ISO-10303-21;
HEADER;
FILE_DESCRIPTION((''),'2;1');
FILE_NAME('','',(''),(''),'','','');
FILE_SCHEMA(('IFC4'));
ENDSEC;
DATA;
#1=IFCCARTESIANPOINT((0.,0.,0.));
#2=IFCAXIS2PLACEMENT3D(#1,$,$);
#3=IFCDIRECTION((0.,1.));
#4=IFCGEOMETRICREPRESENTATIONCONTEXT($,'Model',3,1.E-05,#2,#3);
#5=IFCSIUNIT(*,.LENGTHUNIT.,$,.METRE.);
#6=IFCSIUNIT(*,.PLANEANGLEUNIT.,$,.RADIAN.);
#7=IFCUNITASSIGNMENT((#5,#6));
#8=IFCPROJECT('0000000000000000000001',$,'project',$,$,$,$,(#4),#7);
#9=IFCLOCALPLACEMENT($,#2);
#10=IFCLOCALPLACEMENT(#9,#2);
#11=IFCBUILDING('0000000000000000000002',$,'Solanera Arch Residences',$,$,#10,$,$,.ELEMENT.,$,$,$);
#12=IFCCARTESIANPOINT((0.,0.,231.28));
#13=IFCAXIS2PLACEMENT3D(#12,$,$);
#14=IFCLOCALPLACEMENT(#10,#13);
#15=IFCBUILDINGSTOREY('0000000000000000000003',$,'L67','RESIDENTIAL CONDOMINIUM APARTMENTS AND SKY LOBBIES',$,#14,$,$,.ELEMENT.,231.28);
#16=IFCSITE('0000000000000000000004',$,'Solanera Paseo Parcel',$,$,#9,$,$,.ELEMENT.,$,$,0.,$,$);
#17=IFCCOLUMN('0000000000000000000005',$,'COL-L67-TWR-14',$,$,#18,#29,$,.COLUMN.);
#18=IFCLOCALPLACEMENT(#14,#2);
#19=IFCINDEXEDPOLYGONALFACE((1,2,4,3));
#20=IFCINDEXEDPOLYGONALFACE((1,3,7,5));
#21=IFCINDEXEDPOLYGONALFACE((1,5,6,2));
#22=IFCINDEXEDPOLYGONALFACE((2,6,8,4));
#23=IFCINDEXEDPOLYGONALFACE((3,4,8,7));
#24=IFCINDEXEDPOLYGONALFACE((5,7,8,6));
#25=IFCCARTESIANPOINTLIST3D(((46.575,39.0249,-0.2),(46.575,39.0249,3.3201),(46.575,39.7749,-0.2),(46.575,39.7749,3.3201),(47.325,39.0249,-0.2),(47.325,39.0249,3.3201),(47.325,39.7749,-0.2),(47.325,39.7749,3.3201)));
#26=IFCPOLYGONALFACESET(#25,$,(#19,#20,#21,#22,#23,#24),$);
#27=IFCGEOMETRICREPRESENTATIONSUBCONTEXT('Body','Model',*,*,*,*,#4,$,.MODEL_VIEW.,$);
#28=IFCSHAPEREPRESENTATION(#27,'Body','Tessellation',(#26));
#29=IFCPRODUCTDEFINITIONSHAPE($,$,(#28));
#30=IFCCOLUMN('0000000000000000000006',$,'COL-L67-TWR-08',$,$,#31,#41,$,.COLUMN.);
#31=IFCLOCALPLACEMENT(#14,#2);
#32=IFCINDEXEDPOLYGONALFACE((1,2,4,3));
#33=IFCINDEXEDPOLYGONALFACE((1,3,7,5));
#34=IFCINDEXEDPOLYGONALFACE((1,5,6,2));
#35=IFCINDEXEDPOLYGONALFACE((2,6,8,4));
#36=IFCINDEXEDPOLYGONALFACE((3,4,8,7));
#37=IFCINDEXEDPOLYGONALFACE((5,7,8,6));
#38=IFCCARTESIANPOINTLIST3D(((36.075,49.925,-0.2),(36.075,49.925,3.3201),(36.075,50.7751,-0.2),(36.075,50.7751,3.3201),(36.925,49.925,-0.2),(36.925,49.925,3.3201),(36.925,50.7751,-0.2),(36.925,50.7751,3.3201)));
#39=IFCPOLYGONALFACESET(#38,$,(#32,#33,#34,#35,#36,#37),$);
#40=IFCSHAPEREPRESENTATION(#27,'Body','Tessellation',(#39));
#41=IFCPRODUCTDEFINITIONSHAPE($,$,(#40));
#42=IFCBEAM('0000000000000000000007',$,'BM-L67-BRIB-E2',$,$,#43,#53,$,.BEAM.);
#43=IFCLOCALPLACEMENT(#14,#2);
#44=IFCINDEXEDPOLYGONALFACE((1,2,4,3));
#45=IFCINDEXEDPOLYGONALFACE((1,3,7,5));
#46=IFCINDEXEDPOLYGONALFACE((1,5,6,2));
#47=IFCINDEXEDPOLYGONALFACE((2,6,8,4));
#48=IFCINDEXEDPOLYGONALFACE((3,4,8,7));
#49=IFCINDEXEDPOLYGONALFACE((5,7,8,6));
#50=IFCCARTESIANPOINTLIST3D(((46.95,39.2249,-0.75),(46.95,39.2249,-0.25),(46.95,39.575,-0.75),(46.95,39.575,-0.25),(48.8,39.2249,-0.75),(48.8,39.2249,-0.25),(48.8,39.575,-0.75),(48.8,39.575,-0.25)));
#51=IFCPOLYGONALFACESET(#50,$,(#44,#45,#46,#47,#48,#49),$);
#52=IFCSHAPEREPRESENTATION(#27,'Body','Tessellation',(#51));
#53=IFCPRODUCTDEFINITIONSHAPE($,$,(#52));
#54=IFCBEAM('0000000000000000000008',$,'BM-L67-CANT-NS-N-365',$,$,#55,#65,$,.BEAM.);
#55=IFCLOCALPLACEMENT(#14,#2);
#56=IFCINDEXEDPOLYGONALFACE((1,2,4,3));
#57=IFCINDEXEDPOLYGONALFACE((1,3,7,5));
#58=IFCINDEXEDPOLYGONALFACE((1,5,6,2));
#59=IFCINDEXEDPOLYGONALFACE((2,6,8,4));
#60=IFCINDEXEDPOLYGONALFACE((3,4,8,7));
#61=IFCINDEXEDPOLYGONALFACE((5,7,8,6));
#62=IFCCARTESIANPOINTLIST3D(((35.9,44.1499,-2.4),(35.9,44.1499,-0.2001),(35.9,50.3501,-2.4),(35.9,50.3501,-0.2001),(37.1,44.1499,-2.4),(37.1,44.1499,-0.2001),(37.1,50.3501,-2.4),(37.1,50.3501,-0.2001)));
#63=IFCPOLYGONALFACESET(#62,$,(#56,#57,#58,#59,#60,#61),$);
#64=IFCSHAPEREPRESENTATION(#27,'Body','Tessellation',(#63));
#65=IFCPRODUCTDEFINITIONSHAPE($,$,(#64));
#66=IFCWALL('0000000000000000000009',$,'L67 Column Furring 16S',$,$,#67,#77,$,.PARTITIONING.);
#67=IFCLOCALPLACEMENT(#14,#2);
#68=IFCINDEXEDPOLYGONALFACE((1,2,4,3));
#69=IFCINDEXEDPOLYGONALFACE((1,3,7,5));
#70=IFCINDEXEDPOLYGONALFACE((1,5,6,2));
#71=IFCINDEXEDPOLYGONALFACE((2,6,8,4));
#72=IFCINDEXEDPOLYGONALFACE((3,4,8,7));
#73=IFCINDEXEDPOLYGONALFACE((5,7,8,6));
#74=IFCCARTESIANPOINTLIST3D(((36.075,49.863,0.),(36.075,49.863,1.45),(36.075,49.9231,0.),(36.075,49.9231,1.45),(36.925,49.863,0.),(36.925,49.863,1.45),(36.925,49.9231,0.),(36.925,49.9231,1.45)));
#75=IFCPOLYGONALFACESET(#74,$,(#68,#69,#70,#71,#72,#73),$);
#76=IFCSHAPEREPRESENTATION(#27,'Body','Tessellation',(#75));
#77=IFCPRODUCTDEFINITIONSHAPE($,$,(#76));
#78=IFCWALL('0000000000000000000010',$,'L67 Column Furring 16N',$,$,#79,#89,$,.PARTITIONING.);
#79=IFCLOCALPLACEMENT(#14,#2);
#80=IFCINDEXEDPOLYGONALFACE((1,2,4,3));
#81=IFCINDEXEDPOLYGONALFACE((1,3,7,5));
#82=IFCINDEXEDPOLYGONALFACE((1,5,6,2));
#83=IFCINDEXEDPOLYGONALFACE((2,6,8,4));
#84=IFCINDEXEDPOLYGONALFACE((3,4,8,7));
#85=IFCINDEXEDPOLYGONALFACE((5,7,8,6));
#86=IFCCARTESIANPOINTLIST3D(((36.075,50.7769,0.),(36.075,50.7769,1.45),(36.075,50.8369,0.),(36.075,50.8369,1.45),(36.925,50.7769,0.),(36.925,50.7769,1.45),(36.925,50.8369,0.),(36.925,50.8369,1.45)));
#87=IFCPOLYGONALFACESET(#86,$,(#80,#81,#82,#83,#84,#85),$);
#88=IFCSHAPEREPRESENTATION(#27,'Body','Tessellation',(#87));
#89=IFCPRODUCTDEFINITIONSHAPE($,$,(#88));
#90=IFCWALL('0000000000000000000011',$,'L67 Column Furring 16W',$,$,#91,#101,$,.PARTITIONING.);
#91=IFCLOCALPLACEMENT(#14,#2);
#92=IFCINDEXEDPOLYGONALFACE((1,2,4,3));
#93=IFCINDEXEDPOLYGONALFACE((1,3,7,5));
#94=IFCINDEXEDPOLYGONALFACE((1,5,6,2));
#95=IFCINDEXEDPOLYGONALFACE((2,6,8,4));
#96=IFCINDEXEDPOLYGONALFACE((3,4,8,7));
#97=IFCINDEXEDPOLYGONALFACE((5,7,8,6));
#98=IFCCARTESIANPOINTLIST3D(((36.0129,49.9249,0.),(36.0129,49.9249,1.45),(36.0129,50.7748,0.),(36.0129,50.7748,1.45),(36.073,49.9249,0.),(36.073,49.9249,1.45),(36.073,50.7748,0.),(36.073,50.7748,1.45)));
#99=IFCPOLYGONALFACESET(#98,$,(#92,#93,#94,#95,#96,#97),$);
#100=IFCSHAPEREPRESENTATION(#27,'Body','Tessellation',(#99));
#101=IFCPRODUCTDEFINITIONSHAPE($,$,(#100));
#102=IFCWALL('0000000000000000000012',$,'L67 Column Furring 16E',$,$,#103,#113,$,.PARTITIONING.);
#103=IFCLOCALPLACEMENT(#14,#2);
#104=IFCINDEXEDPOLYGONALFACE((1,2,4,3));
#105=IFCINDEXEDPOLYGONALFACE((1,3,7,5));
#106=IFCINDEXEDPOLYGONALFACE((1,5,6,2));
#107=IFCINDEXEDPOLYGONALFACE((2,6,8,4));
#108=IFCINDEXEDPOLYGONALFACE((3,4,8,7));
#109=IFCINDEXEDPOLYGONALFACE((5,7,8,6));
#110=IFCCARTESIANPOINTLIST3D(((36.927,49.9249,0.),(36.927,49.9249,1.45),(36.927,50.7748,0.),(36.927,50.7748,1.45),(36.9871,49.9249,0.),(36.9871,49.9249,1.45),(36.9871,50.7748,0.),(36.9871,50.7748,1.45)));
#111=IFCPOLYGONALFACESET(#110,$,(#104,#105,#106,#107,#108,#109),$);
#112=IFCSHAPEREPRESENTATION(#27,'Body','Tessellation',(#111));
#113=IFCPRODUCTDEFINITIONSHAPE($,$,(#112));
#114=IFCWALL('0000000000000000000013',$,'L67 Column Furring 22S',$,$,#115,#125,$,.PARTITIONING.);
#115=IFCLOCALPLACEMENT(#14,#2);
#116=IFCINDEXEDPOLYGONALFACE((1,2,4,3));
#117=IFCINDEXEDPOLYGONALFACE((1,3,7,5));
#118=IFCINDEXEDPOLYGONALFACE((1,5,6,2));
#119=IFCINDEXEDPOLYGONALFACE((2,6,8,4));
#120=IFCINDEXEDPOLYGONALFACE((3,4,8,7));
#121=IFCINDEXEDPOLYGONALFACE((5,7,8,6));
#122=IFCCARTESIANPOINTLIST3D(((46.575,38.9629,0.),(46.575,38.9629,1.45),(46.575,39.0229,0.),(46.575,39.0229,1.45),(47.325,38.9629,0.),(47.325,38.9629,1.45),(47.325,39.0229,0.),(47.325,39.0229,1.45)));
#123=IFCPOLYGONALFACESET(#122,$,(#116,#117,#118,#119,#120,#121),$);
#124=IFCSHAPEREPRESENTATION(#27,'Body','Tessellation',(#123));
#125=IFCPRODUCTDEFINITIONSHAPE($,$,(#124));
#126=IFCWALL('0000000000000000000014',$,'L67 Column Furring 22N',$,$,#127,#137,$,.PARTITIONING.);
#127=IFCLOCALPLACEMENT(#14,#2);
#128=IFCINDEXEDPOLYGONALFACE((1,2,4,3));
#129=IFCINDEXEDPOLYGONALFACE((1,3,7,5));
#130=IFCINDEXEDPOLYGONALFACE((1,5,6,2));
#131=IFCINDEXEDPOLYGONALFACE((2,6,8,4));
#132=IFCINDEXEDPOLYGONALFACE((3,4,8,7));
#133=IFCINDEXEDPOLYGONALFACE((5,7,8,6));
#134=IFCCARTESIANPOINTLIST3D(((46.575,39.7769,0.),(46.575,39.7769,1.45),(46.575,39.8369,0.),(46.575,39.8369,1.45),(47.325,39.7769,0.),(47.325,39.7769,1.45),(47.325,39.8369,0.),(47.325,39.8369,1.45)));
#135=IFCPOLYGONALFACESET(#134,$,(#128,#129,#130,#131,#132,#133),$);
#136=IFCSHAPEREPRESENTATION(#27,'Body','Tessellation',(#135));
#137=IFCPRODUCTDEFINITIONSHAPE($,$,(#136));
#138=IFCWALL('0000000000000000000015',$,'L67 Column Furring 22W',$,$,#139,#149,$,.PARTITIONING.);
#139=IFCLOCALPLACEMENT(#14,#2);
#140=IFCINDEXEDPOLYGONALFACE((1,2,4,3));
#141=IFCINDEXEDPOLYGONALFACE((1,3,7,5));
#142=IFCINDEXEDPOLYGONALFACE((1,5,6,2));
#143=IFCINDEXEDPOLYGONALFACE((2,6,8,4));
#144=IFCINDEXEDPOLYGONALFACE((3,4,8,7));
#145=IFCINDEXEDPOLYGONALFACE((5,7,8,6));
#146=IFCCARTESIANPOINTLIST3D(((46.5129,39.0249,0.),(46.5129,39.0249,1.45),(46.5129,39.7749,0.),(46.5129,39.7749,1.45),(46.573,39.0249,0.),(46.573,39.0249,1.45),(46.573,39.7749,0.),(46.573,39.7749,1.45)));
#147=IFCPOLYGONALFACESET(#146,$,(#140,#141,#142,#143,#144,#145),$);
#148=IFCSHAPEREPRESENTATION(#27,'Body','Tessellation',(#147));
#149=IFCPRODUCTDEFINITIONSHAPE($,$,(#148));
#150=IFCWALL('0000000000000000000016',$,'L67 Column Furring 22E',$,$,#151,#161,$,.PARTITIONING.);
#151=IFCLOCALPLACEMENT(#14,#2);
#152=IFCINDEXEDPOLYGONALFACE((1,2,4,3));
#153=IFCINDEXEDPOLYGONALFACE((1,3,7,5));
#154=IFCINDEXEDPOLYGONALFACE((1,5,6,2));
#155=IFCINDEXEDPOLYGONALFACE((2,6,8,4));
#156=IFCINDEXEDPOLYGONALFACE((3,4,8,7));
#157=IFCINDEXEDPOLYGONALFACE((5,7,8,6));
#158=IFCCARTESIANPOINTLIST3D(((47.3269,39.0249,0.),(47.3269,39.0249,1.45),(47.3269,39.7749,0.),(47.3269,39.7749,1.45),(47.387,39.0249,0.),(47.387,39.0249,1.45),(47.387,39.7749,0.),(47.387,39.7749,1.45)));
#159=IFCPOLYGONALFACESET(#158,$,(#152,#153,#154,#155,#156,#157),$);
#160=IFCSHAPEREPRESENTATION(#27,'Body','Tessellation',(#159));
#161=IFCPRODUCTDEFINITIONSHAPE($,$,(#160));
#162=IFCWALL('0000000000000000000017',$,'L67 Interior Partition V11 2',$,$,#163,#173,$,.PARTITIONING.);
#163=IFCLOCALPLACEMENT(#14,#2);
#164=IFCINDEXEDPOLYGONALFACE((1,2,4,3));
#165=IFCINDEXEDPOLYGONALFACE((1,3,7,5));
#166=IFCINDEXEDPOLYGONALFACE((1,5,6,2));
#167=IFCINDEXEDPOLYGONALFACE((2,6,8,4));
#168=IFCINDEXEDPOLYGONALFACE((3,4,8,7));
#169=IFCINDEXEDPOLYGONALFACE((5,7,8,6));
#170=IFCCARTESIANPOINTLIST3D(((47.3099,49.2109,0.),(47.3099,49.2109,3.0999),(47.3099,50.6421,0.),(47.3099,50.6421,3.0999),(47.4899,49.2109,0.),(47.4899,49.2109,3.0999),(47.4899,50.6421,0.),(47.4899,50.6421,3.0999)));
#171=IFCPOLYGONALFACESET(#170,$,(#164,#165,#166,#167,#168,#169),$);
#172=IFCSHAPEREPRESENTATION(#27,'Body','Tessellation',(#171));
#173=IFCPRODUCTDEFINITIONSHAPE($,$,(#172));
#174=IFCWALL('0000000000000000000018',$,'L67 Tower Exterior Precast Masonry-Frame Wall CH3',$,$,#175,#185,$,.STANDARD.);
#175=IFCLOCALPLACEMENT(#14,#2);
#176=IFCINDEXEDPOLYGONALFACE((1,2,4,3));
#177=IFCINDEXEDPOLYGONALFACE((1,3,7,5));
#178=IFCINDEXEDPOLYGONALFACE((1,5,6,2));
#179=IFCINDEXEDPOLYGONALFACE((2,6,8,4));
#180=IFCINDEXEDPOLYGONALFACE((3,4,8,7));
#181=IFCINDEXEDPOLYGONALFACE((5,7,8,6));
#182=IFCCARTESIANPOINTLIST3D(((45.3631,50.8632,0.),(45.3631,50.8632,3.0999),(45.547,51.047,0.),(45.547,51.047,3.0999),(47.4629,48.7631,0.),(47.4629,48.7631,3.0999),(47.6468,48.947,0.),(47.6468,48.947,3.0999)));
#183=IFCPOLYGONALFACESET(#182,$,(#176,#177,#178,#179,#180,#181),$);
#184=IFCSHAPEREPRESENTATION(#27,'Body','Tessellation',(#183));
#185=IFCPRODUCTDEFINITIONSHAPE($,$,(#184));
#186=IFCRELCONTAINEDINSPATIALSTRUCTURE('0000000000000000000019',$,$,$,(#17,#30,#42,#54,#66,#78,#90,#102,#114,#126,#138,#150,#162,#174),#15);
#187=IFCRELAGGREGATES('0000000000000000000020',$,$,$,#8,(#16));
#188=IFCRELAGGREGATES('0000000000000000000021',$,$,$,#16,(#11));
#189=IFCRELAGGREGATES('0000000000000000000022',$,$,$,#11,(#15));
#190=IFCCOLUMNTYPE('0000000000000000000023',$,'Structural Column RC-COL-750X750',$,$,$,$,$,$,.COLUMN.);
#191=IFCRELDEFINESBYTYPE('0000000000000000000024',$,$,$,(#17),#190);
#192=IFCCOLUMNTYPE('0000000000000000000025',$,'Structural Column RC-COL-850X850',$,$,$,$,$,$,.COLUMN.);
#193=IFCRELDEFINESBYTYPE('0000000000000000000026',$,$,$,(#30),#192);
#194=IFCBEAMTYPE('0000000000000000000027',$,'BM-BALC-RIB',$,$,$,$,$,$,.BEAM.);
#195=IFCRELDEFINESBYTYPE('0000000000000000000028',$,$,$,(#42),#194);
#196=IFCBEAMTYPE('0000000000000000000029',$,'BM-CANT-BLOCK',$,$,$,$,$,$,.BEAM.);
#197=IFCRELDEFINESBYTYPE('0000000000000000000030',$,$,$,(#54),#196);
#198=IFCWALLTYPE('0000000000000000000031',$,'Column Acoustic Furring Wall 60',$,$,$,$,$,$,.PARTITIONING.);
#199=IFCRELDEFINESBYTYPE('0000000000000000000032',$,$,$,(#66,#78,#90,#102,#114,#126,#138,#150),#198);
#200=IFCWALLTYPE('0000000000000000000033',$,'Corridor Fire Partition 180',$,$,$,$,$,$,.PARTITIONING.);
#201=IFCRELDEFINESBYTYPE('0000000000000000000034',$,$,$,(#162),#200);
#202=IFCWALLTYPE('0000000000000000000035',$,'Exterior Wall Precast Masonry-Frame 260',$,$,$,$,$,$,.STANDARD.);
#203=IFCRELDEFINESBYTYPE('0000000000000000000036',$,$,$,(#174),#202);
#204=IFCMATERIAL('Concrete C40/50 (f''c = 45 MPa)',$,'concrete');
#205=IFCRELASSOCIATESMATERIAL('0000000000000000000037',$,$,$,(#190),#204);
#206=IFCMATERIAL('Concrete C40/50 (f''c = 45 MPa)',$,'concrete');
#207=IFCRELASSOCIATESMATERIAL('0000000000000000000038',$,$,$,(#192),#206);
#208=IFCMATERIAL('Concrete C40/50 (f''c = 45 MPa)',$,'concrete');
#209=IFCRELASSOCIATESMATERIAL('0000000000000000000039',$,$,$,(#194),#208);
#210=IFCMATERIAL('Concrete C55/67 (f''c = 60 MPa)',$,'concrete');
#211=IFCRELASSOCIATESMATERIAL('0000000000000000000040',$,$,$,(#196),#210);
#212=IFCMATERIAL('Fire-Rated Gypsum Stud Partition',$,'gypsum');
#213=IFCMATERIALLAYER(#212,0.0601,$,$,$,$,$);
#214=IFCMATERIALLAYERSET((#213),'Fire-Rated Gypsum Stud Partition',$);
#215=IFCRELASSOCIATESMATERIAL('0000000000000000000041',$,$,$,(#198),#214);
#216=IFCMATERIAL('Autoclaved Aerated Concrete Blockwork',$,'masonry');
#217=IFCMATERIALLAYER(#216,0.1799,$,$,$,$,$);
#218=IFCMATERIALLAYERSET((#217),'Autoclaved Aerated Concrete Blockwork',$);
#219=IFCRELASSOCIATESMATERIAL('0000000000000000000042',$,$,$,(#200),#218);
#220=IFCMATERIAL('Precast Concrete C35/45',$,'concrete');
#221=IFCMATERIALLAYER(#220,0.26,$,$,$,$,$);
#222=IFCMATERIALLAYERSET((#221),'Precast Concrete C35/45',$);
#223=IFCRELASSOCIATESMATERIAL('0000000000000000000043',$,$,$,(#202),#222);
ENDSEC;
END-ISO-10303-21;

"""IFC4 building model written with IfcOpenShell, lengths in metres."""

from ifc_helpers import new_model, si_unit, direction, frame, frame_2d, origin, origin_2d, place, context, subcontext, project, spatial, rectangle, extrude, material, layer, layer_set, material_profile, profile_set, type_object, element, save


model = new_model("IFC4")

# Units and contexts
model_context = context("Model", 3, precision=1e-05, world=origin(), true_north=direction((0.0, 1.0)))
body_context = subcontext(model_context, "Body", "Model", "MODEL_VIEW")
ifc_project = project(units=[si_unit("LENGTHUNIT", "METRE"), si_unit("PLANEANGLEUNIT", "RADIAN")], contexts=[model_context])

# Site, building, storey
site_placement = place(None, origin())
site = spatial("IfcSite", under=ifc_project, at=site_placement, Name="Solanera Paseo Parcel", CompositionType="ELEMENT", RefElevation=0.0)
building_placement = place(site_placement, origin())
building = spatial("IfcBuilding", under=site, at=building_placement, Name="Solanera Arch Residences", CompositionType="ELEMENT")
storey_placement = place(building_placement, frame((0.0, 0.0, 231.28)))
storey = spatial("IfcBuildingStorey", under=building, at=storey_placement, Name="L67", Description="RESIDENTIAL CONDOMINIUM APARTMENTS AND SKY LOBBIES", CompositionType="ELEMENT", Elevation=231.28)

# Columns
ifc_material_1 = material(Name="Concrete C40/50 (f'c = 45 MPa)", Category="concrete")
ifc_material_profile_1 = material_profile(ifc_material_1, rectangle(XDim=0.75, YDim=0.75, at=origin_2d()))
ifc_profile_set_1 = profile_set([ifc_material_profile_1], Name="Concrete C40/50 (f'c = 45 MPa)")
column_type_1 = type_object("IfcColumnType", Name="Structural Column RC-COL-750X750", PredefinedType="COLUMN", material=ifc_profile_set_1)
column_1_placement = place(storey_placement, frame((46.95, 39.3999, -0.2), z_axis=(0.0, 0.0, 1.0), x_axis=(1.0, 0.0, 0.0)))
element("IfcColumn", 1, at=column_1_placement, inside=storey, type_object=column_type_1, Name="COL-L67-TWR-14", PredefinedType="COLUMN", context=body_context, shape_type="SweptSolid", body=[
    extrude(rectangle(XDim=0.75, YDim=0.75, at=origin_2d()), origin(), (0.0, 0.0, 1.0), 3.52),
])
ifc_material_2 = material(Name="Concrete C40/50 (f'c = 45 MPa)", Category="concrete")
ifc_material_profile_2 = material_profile(ifc_material_2, rectangle(XDim=0.8501, YDim=0.8501, at=origin_2d()))
ifc_profile_set_2 = profile_set([ifc_material_profile_2], Name="Concrete C40/50 (f'c = 45 MPa)")
column_type_2 = type_object("IfcColumnType", Name="Structural Column RC-COL-850X850", PredefinedType="COLUMN", material=ifc_profile_set_2)
column_2_placement = place(storey_placement, frame((36.5, 50.3501, -0.2), z_axis=(0.0, 0.0, 1.0), x_axis=(1.0, 0.0, 0.0)))
element("IfcColumn", 2, at=column_2_placement, inside=storey, type_object=column_type_2, Name="COL-L67-TWR-08", PredefinedType="COLUMN", context=body_context, shape_type="SweptSolid", body=[
    extrude(rectangle(XDim=0.8501, YDim=0.8501, at=origin_2d()), origin(), (0.0, 0.0, 1.0), 3.52),
])

# Beams
ifc_material_3 = material(Name="Concrete C40/50 (f'c = 45 MPa)", Category="concrete")
ifc_material_profile_3 = material_profile(ifc_material_3, rectangle(XDim=0.3501, YDim=0.5, at=origin_2d()))
ifc_profile_set_3 = profile_set([ifc_material_profile_3], Name="Concrete C40/50 (f'c = 45 MPa)")
beam_type_1 = type_object("IfcBeamType", Name="BM-BALC-RIB", PredefinedType="BEAM", material=ifc_profile_set_3)
beam_1_placement = place(storey_placement, frame((46.95, 39.3999, -0.5), z_axis=(1.0, 0.0, 0.0), x_axis=(0.0, 1.0, 0.0)))
element("IfcBeam", 3, at=beam_1_placement, inside=storey, type_object=beam_type_1, Name="BM-L67-BRIB-E2", PredefinedType="BEAM", context=body_context, shape_type="SweptSolid", body=[
    extrude(rectangle(XDim=0.3501, YDim=0.5, at=origin_2d()), origin(), (0.0, 0.0, 1.0), 1.8501),
])
ifc_material_4 = material(Name="Concrete C55/67 (f'c = 60 MPa)", Category="concrete")
ifc_material_profile_4 = material_profile(ifc_material_4, rectangle(XDim=1.2, YDim=2.2, at=origin_2d()))
ifc_profile_set_4 = profile_set([ifc_material_profile_4], Name="Concrete C55/67 (f'c = 60 MPa)")
beam_type_2 = type_object("IfcBeamType", Name="BM-CANT-BLOCK", PredefinedType="BEAM", material=ifc_profile_set_4)
beam_2_placement = place(storey_placement, frame((36.5, 44.1499, -1.3), z_axis=(0.0, 1.0, 0.0), x_axis=(-1.0, 0.0, 0.0)))
element("IfcBeam", 4, at=beam_2_placement, inside=storey, type_object=beam_type_2, Name="BM-L67-CANT-NS-N-365", PredefinedType="BEAM", context=body_context, shape_type="SweptSolid", body=[
    extrude(rectangle(XDim=1.2, YDim=2.2, at=origin_2d()), origin(), (0.0, 0.0, 1.0), 6.2002),
])

# Walls
ifc_material_5 = material(Name="Fire-Rated Gypsum Stud Partition", Category="gypsum")
ifc_layer_1 = layer(ifc_material_5, 0.0601)
ifc_layer_set_1 = layer_set([ifc_layer_1], Name="Fire-Rated Gypsum Stud Partition")
wall_type_1 = type_object("IfcWallType", Name="Column Acoustic Furring Wall 60", PredefinedType="PARTITIONING", material=ifc_layer_set_1)
for number, where, z_axis, x_axis, name in (
    (5, (36.075, 49.8931, 0.0), (0.0, 0.0, 1.0), (1.0, 0.0, 0.0), "L67 Column Furring 16S"),
    (6, (36.075, 50.8069, 0.0), (0.0, 0.0, 1.0), (1.0, 0.0, 0.0), "L67 Column Furring 16N"),
):
    element("IfcWall", number, at=place(storey_placement, frame(where, z_axis=z_axis, x_axis=x_axis)), inside=storey, type_object=wall_type_1, Name=name, PredefinedType="PARTITIONING", context=body_context, shape_type="SweptSolid", body=[
        extrude(rectangle(XDim=0.8501, YDim=0.0601, at=frame_2d((0.425, 0.0))), origin(), (0.0, 0.0, 1.0), 1.45),
    ])
for number, where, z_axis, x_axis, name in (
    (7, (36.043, 49.925, 0.0), (0.0, 0.0, 1.0), (0.0, 1.0, 0.0), "L67 Column Furring 16W"),
    (8, (36.957, 49.925, 0.0), (0.0, 0.0, 1.0), (0.0, 1.0, 0.0), "L67 Column Furring 16E"),
):
    element("IfcWall", number, at=place(storey_placement, frame(where, z_axis=z_axis, x_axis=x_axis)), inside=storey, type_object=wall_type_1, Name=name, PredefinedType="PARTITIONING", context=body_context, shape_type="SweptSolid", body=[
        extrude(rectangle(XDim=0.8499, YDim=0.0601, at=frame_2d((0.4248, 0.0))), origin(), (0.0, 0.0, 1.0), 1.45),
    ])
for number, where, z_axis, x_axis, name in (
    (9, (46.575, 38.9929, 0.0), (0.0, 0.0, 1.0), (1.0, 0.0, 0.0), "L67 Column Furring 22S"),
    (10, (46.575, 39.8069, 0.0), (0.0, 0.0, 1.0), (1.0, 0.0, 0.0), "L67 Column Furring 22N"),
    (11, (46.543, 39.0249, 0.0), (0.0, 0.0, 1.0), (0.0, 1.0, 0.0), "L67 Column Furring 22W"),
    (12, (47.3569, 39.0249, 0.0), (0.0, 0.0, 1.0), (0.0, 1.0, 0.0), "L67 Column Furring 22E"),
):
    element("IfcWall", number, at=place(storey_placement, frame(where, z_axis=z_axis, x_axis=x_axis)), inside=storey, type_object=wall_type_1, Name=name, PredefinedType="PARTITIONING", context=body_context, shape_type="SweptSolid", body=[
        extrude(rectangle(XDim=0.75, YDim=0.0601, at=frame_2d((0.375, 0.0))), origin(), (0.0, 0.0, 1.0), 1.45),
    ])
ifc_material_6 = material(Name="Autoclaved Aerated Concrete Blockwork", Category="masonry")
ifc_layer_2 = layer(ifc_material_6, 0.1799)
ifc_layer_set_2 = layer_set([ifc_layer_2], Name="Autoclaved Aerated Concrete Blockwork")
wall_type_2 = type_object("IfcWallType", Name="Corridor Fire Partition 180", PredefinedType="PARTITIONING", material=ifc_layer_set_2)
wall_1_placement = place(storey_placement, frame((47.3999, 49.2109, 0.0), z_axis=(0.0, 0.0, 1.0), x_axis=(0.0, 1.0, 0.0)))
element("IfcWall", 13, at=wall_1_placement, inside=storey, type_object=wall_type_2, Name="L67 Interior Partition V11 2", PredefinedType="PARTITIONING", context=body_context, shape_type="SweptSolid", body=[
    extrude(rectangle(XDim=1.4312, YDim=0.1799, at=frame_2d((0.7156, 0.0))), origin(), (0.0, 0.0, 1.0), 3.0999),
])
ifc_material_7 = material(Name="Precast Concrete C35/45", Category="concrete")
ifc_layer_3 = layer(ifc_material_7, 0.26)
ifc_layer_set_3 = layer_set([ifc_layer_3], Name="Precast Concrete C35/45")
wall_type_3 = type_object("IfcWallType", Name="Exterior Wall Precast Masonry-Frame 260", PredefinedType="STANDARD", material=ifc_layer_set_3)
wall_2_placement = place(storey_placement, frame((45.4551, 50.9551, 0.0), z_axis=(0.0, 0.0, 1.0), x_axis=(0.707066, -0.707148, 0.0)))
element("IfcWall", 14, at=wall_2_placement, inside=storey, type_object=wall_type_3, Name="L67 Tower Exterior Precast Masonry-Frame Wall CH3", PredefinedType="STANDARD", context=body_context, shape_type="SweptSolid", body=[
    extrude(rectangle(XDim=2.9697, YDim=0.26, at=frame_2d((1.4849, 0.0))), origin(), (0.0, 0.0, 1.0), 3.0999),
])

save(model, "model.ifc")
